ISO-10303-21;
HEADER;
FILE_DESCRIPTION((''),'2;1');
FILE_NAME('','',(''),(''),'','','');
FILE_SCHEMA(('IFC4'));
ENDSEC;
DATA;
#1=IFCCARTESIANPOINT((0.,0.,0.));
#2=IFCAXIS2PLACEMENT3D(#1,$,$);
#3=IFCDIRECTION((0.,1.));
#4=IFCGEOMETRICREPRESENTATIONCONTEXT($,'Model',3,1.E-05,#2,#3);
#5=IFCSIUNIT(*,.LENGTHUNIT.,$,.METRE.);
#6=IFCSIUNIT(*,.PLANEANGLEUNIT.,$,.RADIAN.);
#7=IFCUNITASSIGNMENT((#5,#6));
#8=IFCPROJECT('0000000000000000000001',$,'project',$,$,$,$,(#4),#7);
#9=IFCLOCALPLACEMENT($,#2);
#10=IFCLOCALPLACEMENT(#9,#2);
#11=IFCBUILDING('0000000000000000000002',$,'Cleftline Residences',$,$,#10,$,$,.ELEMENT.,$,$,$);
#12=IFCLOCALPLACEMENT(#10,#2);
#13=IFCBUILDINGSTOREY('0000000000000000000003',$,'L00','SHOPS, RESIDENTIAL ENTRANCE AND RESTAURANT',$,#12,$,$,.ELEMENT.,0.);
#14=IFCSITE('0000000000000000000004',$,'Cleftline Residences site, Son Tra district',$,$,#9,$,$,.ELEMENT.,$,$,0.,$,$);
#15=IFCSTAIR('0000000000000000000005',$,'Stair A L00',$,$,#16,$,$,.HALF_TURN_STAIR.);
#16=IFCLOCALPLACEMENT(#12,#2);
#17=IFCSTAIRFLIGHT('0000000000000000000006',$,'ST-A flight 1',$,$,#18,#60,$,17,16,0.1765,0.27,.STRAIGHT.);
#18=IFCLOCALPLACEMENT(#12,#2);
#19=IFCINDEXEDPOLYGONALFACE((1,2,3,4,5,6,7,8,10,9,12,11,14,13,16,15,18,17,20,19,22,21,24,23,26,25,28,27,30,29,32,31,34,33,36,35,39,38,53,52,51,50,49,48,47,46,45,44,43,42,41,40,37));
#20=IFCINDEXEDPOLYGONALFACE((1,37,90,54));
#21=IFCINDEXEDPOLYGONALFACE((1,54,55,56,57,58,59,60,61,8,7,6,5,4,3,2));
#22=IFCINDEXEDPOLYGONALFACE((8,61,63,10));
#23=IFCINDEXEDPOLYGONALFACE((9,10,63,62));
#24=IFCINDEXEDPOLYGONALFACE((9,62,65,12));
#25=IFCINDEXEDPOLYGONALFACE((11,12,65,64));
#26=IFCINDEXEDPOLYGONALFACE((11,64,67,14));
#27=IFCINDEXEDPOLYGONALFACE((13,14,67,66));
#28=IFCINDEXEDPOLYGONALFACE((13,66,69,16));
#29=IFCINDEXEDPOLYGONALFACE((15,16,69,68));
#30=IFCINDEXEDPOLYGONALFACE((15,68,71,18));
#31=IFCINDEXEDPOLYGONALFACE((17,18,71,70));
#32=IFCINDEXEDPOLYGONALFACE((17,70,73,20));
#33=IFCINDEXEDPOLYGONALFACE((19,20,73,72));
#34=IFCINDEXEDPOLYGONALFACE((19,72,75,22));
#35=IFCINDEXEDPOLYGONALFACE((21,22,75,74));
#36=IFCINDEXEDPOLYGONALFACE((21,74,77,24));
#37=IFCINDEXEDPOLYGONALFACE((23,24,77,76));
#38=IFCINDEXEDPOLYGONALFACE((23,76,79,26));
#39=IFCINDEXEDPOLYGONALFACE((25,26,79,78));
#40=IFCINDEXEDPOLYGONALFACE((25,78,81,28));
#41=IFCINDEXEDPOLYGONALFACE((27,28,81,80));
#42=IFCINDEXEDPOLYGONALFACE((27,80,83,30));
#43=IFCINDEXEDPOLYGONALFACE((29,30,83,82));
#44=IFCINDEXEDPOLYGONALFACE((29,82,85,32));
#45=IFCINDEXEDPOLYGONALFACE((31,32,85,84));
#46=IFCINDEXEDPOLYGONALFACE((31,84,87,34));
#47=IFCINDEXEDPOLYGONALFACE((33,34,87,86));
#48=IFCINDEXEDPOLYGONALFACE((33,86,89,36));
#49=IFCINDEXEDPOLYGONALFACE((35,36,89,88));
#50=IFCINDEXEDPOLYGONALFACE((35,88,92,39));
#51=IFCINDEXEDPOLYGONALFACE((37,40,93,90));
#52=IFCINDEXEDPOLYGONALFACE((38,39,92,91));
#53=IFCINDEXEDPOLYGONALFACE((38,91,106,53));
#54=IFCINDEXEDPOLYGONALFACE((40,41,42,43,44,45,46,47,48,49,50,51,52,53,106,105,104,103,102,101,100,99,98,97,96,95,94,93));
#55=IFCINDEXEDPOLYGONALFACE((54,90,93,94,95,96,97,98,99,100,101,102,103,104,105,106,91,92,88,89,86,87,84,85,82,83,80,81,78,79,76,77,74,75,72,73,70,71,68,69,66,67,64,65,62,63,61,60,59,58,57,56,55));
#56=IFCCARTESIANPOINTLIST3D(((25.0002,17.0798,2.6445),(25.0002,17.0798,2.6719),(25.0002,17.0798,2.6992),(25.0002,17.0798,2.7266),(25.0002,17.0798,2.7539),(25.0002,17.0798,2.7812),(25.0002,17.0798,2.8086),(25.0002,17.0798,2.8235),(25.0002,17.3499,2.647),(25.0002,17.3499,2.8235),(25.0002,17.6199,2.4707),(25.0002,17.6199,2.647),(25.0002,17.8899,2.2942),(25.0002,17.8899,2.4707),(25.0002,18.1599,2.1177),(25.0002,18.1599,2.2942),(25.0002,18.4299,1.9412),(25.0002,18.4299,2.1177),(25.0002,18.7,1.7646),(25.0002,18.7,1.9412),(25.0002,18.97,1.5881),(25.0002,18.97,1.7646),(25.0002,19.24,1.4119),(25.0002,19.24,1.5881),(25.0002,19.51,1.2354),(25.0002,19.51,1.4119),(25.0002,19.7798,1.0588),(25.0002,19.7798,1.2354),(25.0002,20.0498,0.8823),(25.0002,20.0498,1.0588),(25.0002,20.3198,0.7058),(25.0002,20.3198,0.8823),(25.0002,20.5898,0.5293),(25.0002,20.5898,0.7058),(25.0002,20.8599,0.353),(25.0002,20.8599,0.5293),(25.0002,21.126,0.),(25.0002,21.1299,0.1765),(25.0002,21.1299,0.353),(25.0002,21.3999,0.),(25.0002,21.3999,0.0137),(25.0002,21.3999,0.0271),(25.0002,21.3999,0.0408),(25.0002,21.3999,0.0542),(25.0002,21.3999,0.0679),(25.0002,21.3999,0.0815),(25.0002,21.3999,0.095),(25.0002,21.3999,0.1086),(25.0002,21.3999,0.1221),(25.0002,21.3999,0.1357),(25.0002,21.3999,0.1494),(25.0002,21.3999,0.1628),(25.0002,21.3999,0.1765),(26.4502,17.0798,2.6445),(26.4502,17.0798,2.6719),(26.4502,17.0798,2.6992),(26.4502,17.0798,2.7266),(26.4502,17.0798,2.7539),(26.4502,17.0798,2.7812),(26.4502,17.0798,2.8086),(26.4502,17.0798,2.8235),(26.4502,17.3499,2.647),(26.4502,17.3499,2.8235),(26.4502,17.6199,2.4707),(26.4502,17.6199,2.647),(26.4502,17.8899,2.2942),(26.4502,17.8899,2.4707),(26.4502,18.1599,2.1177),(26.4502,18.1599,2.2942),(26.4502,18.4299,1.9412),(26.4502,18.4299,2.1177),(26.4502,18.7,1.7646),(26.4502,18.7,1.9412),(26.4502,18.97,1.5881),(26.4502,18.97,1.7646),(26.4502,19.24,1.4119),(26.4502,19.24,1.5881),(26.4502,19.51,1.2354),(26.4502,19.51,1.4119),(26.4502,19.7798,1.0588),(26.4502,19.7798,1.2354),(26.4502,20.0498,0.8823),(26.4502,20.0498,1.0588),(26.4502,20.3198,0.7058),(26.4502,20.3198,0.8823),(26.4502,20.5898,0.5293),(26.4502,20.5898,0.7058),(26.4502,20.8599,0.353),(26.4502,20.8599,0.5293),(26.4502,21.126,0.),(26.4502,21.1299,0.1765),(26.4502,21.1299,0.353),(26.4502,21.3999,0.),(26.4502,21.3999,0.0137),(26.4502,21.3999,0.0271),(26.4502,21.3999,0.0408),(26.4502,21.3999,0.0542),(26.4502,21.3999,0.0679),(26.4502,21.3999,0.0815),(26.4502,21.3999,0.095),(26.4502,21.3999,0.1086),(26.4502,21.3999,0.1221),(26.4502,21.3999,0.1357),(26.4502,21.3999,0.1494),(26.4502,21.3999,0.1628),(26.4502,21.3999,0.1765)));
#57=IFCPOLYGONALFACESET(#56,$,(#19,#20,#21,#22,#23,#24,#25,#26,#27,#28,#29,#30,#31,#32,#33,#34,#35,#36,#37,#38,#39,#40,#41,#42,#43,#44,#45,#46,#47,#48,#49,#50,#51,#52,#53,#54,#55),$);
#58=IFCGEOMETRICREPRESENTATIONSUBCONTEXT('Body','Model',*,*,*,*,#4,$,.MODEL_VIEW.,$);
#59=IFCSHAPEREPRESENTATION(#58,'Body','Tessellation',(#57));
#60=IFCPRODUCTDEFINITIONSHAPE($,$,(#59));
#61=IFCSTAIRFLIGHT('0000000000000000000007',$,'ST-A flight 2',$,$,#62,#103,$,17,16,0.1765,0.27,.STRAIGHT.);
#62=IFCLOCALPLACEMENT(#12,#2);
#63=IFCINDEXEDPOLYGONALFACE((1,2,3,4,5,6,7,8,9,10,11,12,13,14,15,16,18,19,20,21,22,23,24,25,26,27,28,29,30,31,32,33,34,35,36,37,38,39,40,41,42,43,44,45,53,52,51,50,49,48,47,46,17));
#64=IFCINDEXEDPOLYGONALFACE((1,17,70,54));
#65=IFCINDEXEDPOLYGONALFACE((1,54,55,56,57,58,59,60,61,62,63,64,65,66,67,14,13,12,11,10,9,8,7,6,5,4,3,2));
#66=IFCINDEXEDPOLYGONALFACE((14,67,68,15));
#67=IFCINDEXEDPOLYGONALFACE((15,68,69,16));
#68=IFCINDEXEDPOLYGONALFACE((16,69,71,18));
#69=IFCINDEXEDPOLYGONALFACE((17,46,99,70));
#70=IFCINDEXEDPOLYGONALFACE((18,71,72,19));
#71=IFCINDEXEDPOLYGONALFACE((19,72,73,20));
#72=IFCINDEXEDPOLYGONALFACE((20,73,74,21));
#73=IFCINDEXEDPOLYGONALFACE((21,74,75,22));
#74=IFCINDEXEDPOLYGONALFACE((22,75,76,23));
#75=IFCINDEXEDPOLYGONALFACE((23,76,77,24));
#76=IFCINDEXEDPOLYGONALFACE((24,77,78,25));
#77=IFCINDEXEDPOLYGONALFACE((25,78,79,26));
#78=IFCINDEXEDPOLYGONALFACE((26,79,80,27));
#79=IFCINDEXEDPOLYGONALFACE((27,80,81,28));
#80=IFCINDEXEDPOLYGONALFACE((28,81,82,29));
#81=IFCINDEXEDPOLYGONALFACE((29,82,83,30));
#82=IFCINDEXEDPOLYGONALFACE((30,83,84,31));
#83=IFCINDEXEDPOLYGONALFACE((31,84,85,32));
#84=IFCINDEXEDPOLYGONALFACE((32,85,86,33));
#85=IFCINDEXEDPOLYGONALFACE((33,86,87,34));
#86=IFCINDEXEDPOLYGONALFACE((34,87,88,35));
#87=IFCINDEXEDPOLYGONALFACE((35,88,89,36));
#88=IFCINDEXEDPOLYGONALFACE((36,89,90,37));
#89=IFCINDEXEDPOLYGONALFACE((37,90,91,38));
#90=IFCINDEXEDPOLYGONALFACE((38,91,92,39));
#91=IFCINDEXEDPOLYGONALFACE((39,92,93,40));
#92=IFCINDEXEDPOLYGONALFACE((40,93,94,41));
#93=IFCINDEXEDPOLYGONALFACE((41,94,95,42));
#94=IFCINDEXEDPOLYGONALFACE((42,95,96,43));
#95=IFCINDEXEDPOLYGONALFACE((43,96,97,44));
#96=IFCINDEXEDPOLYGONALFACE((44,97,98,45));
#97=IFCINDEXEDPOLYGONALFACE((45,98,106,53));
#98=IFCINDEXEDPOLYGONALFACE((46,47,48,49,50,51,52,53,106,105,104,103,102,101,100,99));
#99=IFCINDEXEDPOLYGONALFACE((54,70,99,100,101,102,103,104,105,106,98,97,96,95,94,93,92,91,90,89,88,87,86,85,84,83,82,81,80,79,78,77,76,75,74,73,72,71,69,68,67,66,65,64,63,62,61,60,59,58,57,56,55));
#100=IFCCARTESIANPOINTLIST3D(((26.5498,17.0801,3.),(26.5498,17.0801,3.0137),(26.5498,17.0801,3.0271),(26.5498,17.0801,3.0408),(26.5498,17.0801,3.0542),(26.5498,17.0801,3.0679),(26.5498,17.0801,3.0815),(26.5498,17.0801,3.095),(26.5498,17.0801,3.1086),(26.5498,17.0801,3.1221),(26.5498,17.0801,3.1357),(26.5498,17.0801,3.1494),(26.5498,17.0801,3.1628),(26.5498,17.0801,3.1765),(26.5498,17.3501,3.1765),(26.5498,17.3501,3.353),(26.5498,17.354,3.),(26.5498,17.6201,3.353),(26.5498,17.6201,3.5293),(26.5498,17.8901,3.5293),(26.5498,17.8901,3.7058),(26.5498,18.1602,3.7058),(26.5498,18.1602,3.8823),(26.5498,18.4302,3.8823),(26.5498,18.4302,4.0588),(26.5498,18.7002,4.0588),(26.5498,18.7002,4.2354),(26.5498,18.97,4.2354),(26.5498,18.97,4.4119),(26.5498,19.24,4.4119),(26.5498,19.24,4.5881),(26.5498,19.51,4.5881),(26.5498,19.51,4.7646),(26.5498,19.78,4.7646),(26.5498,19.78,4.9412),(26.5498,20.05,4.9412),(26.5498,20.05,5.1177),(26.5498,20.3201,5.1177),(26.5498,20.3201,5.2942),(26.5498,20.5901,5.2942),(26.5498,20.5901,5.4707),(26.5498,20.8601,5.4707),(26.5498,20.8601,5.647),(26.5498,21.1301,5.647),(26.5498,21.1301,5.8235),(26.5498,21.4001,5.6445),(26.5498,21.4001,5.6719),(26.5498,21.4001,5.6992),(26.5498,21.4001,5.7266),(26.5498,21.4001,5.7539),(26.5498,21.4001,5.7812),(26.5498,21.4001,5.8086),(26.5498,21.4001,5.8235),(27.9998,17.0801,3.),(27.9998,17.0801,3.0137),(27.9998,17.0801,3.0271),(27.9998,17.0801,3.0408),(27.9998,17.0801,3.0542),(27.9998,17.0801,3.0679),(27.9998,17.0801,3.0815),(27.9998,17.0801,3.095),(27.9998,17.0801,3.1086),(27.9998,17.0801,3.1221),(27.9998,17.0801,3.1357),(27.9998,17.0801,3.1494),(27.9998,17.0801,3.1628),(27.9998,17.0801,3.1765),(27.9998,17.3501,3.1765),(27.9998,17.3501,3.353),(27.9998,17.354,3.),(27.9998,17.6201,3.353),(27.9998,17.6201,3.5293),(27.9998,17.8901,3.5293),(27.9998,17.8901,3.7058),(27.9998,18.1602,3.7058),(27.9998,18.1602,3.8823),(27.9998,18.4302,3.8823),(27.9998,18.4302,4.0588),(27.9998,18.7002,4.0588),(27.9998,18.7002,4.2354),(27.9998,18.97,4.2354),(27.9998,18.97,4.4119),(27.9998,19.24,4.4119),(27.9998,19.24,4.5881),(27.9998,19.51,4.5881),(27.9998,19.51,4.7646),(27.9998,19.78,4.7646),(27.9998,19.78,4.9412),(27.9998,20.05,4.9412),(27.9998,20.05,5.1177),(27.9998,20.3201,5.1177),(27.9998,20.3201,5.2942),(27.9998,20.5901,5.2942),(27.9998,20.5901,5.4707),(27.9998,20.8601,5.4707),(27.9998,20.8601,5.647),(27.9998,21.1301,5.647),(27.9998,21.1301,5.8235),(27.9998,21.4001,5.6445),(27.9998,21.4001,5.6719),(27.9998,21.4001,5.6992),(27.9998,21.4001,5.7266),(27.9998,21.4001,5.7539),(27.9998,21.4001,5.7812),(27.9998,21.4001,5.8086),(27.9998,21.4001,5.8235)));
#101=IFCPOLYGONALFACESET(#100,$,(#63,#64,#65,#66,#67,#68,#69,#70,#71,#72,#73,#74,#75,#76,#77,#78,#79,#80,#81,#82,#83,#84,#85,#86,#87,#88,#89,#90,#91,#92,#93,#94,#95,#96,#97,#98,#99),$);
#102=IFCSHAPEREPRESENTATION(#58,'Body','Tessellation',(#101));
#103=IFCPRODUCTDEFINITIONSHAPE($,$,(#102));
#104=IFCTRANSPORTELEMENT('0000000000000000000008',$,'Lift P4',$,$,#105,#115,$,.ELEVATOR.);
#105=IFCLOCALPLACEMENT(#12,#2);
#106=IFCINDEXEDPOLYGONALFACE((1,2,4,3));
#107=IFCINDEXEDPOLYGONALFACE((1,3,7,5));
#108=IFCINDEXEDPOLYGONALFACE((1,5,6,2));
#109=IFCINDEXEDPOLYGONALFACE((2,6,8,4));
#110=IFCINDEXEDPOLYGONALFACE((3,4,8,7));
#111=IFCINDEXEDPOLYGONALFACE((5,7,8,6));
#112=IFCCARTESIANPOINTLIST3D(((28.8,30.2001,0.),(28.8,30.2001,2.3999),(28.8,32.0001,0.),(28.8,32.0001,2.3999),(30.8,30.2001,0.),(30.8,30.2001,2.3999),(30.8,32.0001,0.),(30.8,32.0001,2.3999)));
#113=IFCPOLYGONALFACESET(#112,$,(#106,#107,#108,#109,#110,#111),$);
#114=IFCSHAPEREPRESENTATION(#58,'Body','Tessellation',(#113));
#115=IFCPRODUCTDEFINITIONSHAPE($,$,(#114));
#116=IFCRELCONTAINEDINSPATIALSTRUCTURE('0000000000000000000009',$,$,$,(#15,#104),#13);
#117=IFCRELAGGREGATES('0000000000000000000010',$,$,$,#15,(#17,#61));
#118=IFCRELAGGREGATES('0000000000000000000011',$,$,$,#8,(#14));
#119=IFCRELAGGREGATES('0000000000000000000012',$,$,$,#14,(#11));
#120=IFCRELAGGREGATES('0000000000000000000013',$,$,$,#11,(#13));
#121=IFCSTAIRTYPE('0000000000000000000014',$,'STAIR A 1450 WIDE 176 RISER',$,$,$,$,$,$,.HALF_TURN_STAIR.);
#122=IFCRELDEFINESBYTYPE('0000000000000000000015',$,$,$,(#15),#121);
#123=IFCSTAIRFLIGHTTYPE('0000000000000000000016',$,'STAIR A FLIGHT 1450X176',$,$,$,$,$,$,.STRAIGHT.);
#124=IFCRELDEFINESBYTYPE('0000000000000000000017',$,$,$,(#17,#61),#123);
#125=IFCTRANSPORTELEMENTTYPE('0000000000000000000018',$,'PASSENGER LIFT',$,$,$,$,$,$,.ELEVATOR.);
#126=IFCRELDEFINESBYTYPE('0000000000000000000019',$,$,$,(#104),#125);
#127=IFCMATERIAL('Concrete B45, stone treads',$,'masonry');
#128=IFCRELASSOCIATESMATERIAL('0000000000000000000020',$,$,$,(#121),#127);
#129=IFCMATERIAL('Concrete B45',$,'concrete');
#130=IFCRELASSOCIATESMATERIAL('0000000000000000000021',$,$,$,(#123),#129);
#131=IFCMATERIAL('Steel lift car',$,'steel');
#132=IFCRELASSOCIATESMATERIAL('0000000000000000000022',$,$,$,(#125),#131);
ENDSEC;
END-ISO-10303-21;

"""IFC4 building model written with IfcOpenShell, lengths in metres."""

from ifc_helpers import new_model, si_unit, direction, frame, origin, origin_2d, place, context, subcontext, project, spatial, polyline, rectangle, outline, extrude, material, type_object, element, aggregate, save


model = new_model("IFC4")

# Units and contexts
model_context = context("Model", 3, precision=1e-05, world=origin(), true_north=direction((0.0, 1.0)))
body_context = subcontext(model_context, "Body", "Model", "MODEL_VIEW")
ifc_project = project(units=[si_unit("LENGTHUNIT", "METRE"), si_unit("PLANEANGLEUNIT", "RADIAN")], contexts=[model_context])

# Site, building, storey
site_placement = place(None, origin())
site = spatial("IfcSite", under=ifc_project, at=site_placement, Name="Cleftline Residences site, Son Tra district", CompositionType="ELEMENT", RefElevation=0.0)
building_placement = place(site_placement, origin())
building = spatial("IfcBuilding", under=site, at=building_placement, Name="Cleftline Residences", CompositionType="ELEMENT")
storey_placement = place(building_placement, origin())
storey = spatial("IfcBuildingStorey", under=building, at=storey_placement, Name="L00", Description="SHOPS, RESIDENTIAL ENTRANCE AND RESTAURANT", CompositionType="ELEMENT", Elevation=0.0)

# Stair, stair flights
ifc_material_1 = material(Name="Concrete B45, stone treads", Category="masonry")
stair_type = type_object("IfcStairType", Name="STAIR A 1450 WIDE 176 RISER", PredefinedType="HALF_TURN_STAIR", material=ifc_material_1)
stair_placement = place(storey_placement, origin())
stair = element("IfcStair", 1, at=stair_placement, inside=storey, type_object=stair_type, Name="Stair A L00", PredefinedType="HALF_TURN_STAIR")
ifc_material_2 = material(Name="Concrete B45", Category="concrete")
stair_flight_type = type_object("IfcStairFlightType", Name="STAIR A FLIGHT 1450X176", PredefinedType="STRAIGHT", material=ifc_material_2)
stair_flight_1_placement = place(storey_placement, frame((25.7251, 21.3999, 0.0), z_axis=(0.0, 0.0, 1.0), x_axis=(0.0, -1.0, 0.0)))
stair_flight_1 = element("IfcStairFlight", 2, at=stair_flight_1_placement, type_object=stair_flight_type, Name="ST-A flight 1", NumberOfRisers=17, NumberOfTreads=16, PredefinedType="STRAIGHT", RiserHeight=0.1765, TreadLength=0.27, context=body_context, shape_type="SweptSolid", body=[
    extrude(outline(polyline([(0.0, 0.0), (0.0, 0.0137), (0.0, 0.0271), (0.0, 0.0408), (0.0, 0.0542), (0.0, 0.0679), (0.0, 0.0815), (0.0, 0.095), (0.0, 0.1086), (0.0, 0.1221), (0.0, 0.1357), (0.0, 0.1494), (0.0, 0.1628), (0.0, 0.1765), (0.27, 0.1765), (0.27, 0.353), (0.54, 0.353), (0.54, 0.5293), (0.8101, 0.5293), (0.8101, 0.7058), (1.0801, 0.7058), (1.0801, 0.8823), (1.3501, 0.8823), (1.3501, 1.0588), (1.6201, 1.0588), (1.6201, 1.2354), (1.8899, 1.2354), (1.8899, 1.4119), (2.1599, 1.4119), (2.1599, 1.5881), (2.4299, 1.5881), (2.4299, 1.7646), (2.7, 1.7646), (2.7, 1.9412), (2.97, 1.9412), (2.97, 2.1177), (3.24, 2.1177), (3.24, 2.2942), (3.51, 2.2942), (3.51, 2.4707), (3.78, 2.4707), (3.78, 2.647), (4.05, 2.647), (4.05, 2.8235), (4.3201, 2.8235), (4.3201, 3.0), (4.3201, 2.9727), (4.3201, 2.9453), (4.3201, 2.918), (4.3201, 2.8906), (4.3201, 2.8633), (4.3201, 2.8359), (4.3201, 2.8086), (4.3201, 2.7812), (4.3201, 2.7539), (4.3201, 2.7266), (4.3201, 2.6992), (4.3201, 2.6719), (4.3201, 2.6445), (0.2739, 0.0), (0.0, 0.0)])), frame((0.0, 0.7251, 0.0), z_axis=(0.0, -1.0, 0.0), x_axis=(1.0, 0.0, 0.0)), (0.0, 0.0, 1.0), 1.45),
])
stair_flight_2_placement = place(storey_placement, frame((27.2749, 17.0801, 3.0), z_axis=(0.0, 0.0, 1.0), x_axis=(0.0, 1.0, 0.0)))
stair_flight_2 = element("IfcStairFlight", 3, at=stair_flight_2_placement, type_object=stair_flight_type, Name="ST-A flight 2", NumberOfRisers=17, NumberOfTreads=16, PredefinedType="STRAIGHT", RiserHeight=0.1765, TreadLength=0.27, context=body_context, shape_type="SweptSolid", body=[
    extrude(outline(polyline([(0.0, 0.0), (0.0, 0.0137), (0.0, 0.0271), (0.0, 0.0408), (0.0, 0.0542), (0.0, 0.0679), (0.0, 0.0815), (0.0, 0.095), (0.0, 0.1086), (0.0, 0.1221), (0.0, 0.1357), (0.0, 0.1494), (0.0, 0.1628), (0.0, 0.1765), (0.27, 0.1765), (0.27, 0.353), (0.54, 0.353), (0.54, 0.5293), (0.8101, 0.5293), (0.8101, 0.7058), (1.0801, 0.7058), (1.0801, 0.8823), (1.3501, 0.8823), (1.3501, 1.0588), (1.6201, 1.0588), (1.6201, 1.2354), (1.8899, 1.2354), (1.8899, 1.4119), (2.1599, 1.4119), (2.1599, 1.5881), (2.4299, 1.5881), (2.4299, 1.7646), (2.7, 1.7646), (2.7, 1.9412), (2.97, 1.9412), (2.97, 2.1177), (3.24, 2.1177), (3.24, 2.2942), (3.51, 2.2942), (3.51, 2.4707), (3.78, 2.4707), (3.78, 2.647), (4.05, 2.647), (4.05, 2.8235), (4.3201, 2.8235), (4.3201, 3.0), (4.3201, 2.9727), (4.3201, 2.9453), (4.3201, 2.918), (4.3201, 2.8906), (4.3201, 2.8633), (4.3201, 2.8359), (4.3201, 2.8086), (4.3201, 2.7812), (4.3201, 2.7539), (4.3201, 2.7266), (4.3201, 2.6992), (4.3201, 2.6719), (4.3201, 2.6445), (0.2739, 0.0), (0.0, 0.0)])), frame((0.0, 0.7251, 0.0), z_axis=(0.0, -1.0, 0.0), x_axis=(1.0, 0.0, 0.0)), (0.0, 0.0, 1.0), 1.45),
])
aggregate(stair, [stair_flight_1, stair_flight_2])

# Transport element
ifc_material_3 = material(Name="Steel lift car", Category="steel")
transport_element_type = type_object("IfcTransportElementType", Name="PASSENGER LIFT", PredefinedType="ELEVATOR", material=ifc_material_3)
transport_element_placement = place(storey_placement, frame((29.8, 31.1001, 0.0), z_axis=(0.0, 0.0, 1.0), x_axis=(1.0, 0.0, 0.0)))
element("IfcTransportElement", 4, at=transport_element_placement, inside=storey, type_object=transport_element_type, Name="Lift P4", PredefinedType="ELEVATOR", context=body_context, shape_type="SweptSolid", body=[
    extrude(rectangle(XDim=2.0, YDim=1.8, at=origin_2d()), origin(), (0.0, 0.0, 1.0), 2.3999),
])

save(model, "model.ifc")
